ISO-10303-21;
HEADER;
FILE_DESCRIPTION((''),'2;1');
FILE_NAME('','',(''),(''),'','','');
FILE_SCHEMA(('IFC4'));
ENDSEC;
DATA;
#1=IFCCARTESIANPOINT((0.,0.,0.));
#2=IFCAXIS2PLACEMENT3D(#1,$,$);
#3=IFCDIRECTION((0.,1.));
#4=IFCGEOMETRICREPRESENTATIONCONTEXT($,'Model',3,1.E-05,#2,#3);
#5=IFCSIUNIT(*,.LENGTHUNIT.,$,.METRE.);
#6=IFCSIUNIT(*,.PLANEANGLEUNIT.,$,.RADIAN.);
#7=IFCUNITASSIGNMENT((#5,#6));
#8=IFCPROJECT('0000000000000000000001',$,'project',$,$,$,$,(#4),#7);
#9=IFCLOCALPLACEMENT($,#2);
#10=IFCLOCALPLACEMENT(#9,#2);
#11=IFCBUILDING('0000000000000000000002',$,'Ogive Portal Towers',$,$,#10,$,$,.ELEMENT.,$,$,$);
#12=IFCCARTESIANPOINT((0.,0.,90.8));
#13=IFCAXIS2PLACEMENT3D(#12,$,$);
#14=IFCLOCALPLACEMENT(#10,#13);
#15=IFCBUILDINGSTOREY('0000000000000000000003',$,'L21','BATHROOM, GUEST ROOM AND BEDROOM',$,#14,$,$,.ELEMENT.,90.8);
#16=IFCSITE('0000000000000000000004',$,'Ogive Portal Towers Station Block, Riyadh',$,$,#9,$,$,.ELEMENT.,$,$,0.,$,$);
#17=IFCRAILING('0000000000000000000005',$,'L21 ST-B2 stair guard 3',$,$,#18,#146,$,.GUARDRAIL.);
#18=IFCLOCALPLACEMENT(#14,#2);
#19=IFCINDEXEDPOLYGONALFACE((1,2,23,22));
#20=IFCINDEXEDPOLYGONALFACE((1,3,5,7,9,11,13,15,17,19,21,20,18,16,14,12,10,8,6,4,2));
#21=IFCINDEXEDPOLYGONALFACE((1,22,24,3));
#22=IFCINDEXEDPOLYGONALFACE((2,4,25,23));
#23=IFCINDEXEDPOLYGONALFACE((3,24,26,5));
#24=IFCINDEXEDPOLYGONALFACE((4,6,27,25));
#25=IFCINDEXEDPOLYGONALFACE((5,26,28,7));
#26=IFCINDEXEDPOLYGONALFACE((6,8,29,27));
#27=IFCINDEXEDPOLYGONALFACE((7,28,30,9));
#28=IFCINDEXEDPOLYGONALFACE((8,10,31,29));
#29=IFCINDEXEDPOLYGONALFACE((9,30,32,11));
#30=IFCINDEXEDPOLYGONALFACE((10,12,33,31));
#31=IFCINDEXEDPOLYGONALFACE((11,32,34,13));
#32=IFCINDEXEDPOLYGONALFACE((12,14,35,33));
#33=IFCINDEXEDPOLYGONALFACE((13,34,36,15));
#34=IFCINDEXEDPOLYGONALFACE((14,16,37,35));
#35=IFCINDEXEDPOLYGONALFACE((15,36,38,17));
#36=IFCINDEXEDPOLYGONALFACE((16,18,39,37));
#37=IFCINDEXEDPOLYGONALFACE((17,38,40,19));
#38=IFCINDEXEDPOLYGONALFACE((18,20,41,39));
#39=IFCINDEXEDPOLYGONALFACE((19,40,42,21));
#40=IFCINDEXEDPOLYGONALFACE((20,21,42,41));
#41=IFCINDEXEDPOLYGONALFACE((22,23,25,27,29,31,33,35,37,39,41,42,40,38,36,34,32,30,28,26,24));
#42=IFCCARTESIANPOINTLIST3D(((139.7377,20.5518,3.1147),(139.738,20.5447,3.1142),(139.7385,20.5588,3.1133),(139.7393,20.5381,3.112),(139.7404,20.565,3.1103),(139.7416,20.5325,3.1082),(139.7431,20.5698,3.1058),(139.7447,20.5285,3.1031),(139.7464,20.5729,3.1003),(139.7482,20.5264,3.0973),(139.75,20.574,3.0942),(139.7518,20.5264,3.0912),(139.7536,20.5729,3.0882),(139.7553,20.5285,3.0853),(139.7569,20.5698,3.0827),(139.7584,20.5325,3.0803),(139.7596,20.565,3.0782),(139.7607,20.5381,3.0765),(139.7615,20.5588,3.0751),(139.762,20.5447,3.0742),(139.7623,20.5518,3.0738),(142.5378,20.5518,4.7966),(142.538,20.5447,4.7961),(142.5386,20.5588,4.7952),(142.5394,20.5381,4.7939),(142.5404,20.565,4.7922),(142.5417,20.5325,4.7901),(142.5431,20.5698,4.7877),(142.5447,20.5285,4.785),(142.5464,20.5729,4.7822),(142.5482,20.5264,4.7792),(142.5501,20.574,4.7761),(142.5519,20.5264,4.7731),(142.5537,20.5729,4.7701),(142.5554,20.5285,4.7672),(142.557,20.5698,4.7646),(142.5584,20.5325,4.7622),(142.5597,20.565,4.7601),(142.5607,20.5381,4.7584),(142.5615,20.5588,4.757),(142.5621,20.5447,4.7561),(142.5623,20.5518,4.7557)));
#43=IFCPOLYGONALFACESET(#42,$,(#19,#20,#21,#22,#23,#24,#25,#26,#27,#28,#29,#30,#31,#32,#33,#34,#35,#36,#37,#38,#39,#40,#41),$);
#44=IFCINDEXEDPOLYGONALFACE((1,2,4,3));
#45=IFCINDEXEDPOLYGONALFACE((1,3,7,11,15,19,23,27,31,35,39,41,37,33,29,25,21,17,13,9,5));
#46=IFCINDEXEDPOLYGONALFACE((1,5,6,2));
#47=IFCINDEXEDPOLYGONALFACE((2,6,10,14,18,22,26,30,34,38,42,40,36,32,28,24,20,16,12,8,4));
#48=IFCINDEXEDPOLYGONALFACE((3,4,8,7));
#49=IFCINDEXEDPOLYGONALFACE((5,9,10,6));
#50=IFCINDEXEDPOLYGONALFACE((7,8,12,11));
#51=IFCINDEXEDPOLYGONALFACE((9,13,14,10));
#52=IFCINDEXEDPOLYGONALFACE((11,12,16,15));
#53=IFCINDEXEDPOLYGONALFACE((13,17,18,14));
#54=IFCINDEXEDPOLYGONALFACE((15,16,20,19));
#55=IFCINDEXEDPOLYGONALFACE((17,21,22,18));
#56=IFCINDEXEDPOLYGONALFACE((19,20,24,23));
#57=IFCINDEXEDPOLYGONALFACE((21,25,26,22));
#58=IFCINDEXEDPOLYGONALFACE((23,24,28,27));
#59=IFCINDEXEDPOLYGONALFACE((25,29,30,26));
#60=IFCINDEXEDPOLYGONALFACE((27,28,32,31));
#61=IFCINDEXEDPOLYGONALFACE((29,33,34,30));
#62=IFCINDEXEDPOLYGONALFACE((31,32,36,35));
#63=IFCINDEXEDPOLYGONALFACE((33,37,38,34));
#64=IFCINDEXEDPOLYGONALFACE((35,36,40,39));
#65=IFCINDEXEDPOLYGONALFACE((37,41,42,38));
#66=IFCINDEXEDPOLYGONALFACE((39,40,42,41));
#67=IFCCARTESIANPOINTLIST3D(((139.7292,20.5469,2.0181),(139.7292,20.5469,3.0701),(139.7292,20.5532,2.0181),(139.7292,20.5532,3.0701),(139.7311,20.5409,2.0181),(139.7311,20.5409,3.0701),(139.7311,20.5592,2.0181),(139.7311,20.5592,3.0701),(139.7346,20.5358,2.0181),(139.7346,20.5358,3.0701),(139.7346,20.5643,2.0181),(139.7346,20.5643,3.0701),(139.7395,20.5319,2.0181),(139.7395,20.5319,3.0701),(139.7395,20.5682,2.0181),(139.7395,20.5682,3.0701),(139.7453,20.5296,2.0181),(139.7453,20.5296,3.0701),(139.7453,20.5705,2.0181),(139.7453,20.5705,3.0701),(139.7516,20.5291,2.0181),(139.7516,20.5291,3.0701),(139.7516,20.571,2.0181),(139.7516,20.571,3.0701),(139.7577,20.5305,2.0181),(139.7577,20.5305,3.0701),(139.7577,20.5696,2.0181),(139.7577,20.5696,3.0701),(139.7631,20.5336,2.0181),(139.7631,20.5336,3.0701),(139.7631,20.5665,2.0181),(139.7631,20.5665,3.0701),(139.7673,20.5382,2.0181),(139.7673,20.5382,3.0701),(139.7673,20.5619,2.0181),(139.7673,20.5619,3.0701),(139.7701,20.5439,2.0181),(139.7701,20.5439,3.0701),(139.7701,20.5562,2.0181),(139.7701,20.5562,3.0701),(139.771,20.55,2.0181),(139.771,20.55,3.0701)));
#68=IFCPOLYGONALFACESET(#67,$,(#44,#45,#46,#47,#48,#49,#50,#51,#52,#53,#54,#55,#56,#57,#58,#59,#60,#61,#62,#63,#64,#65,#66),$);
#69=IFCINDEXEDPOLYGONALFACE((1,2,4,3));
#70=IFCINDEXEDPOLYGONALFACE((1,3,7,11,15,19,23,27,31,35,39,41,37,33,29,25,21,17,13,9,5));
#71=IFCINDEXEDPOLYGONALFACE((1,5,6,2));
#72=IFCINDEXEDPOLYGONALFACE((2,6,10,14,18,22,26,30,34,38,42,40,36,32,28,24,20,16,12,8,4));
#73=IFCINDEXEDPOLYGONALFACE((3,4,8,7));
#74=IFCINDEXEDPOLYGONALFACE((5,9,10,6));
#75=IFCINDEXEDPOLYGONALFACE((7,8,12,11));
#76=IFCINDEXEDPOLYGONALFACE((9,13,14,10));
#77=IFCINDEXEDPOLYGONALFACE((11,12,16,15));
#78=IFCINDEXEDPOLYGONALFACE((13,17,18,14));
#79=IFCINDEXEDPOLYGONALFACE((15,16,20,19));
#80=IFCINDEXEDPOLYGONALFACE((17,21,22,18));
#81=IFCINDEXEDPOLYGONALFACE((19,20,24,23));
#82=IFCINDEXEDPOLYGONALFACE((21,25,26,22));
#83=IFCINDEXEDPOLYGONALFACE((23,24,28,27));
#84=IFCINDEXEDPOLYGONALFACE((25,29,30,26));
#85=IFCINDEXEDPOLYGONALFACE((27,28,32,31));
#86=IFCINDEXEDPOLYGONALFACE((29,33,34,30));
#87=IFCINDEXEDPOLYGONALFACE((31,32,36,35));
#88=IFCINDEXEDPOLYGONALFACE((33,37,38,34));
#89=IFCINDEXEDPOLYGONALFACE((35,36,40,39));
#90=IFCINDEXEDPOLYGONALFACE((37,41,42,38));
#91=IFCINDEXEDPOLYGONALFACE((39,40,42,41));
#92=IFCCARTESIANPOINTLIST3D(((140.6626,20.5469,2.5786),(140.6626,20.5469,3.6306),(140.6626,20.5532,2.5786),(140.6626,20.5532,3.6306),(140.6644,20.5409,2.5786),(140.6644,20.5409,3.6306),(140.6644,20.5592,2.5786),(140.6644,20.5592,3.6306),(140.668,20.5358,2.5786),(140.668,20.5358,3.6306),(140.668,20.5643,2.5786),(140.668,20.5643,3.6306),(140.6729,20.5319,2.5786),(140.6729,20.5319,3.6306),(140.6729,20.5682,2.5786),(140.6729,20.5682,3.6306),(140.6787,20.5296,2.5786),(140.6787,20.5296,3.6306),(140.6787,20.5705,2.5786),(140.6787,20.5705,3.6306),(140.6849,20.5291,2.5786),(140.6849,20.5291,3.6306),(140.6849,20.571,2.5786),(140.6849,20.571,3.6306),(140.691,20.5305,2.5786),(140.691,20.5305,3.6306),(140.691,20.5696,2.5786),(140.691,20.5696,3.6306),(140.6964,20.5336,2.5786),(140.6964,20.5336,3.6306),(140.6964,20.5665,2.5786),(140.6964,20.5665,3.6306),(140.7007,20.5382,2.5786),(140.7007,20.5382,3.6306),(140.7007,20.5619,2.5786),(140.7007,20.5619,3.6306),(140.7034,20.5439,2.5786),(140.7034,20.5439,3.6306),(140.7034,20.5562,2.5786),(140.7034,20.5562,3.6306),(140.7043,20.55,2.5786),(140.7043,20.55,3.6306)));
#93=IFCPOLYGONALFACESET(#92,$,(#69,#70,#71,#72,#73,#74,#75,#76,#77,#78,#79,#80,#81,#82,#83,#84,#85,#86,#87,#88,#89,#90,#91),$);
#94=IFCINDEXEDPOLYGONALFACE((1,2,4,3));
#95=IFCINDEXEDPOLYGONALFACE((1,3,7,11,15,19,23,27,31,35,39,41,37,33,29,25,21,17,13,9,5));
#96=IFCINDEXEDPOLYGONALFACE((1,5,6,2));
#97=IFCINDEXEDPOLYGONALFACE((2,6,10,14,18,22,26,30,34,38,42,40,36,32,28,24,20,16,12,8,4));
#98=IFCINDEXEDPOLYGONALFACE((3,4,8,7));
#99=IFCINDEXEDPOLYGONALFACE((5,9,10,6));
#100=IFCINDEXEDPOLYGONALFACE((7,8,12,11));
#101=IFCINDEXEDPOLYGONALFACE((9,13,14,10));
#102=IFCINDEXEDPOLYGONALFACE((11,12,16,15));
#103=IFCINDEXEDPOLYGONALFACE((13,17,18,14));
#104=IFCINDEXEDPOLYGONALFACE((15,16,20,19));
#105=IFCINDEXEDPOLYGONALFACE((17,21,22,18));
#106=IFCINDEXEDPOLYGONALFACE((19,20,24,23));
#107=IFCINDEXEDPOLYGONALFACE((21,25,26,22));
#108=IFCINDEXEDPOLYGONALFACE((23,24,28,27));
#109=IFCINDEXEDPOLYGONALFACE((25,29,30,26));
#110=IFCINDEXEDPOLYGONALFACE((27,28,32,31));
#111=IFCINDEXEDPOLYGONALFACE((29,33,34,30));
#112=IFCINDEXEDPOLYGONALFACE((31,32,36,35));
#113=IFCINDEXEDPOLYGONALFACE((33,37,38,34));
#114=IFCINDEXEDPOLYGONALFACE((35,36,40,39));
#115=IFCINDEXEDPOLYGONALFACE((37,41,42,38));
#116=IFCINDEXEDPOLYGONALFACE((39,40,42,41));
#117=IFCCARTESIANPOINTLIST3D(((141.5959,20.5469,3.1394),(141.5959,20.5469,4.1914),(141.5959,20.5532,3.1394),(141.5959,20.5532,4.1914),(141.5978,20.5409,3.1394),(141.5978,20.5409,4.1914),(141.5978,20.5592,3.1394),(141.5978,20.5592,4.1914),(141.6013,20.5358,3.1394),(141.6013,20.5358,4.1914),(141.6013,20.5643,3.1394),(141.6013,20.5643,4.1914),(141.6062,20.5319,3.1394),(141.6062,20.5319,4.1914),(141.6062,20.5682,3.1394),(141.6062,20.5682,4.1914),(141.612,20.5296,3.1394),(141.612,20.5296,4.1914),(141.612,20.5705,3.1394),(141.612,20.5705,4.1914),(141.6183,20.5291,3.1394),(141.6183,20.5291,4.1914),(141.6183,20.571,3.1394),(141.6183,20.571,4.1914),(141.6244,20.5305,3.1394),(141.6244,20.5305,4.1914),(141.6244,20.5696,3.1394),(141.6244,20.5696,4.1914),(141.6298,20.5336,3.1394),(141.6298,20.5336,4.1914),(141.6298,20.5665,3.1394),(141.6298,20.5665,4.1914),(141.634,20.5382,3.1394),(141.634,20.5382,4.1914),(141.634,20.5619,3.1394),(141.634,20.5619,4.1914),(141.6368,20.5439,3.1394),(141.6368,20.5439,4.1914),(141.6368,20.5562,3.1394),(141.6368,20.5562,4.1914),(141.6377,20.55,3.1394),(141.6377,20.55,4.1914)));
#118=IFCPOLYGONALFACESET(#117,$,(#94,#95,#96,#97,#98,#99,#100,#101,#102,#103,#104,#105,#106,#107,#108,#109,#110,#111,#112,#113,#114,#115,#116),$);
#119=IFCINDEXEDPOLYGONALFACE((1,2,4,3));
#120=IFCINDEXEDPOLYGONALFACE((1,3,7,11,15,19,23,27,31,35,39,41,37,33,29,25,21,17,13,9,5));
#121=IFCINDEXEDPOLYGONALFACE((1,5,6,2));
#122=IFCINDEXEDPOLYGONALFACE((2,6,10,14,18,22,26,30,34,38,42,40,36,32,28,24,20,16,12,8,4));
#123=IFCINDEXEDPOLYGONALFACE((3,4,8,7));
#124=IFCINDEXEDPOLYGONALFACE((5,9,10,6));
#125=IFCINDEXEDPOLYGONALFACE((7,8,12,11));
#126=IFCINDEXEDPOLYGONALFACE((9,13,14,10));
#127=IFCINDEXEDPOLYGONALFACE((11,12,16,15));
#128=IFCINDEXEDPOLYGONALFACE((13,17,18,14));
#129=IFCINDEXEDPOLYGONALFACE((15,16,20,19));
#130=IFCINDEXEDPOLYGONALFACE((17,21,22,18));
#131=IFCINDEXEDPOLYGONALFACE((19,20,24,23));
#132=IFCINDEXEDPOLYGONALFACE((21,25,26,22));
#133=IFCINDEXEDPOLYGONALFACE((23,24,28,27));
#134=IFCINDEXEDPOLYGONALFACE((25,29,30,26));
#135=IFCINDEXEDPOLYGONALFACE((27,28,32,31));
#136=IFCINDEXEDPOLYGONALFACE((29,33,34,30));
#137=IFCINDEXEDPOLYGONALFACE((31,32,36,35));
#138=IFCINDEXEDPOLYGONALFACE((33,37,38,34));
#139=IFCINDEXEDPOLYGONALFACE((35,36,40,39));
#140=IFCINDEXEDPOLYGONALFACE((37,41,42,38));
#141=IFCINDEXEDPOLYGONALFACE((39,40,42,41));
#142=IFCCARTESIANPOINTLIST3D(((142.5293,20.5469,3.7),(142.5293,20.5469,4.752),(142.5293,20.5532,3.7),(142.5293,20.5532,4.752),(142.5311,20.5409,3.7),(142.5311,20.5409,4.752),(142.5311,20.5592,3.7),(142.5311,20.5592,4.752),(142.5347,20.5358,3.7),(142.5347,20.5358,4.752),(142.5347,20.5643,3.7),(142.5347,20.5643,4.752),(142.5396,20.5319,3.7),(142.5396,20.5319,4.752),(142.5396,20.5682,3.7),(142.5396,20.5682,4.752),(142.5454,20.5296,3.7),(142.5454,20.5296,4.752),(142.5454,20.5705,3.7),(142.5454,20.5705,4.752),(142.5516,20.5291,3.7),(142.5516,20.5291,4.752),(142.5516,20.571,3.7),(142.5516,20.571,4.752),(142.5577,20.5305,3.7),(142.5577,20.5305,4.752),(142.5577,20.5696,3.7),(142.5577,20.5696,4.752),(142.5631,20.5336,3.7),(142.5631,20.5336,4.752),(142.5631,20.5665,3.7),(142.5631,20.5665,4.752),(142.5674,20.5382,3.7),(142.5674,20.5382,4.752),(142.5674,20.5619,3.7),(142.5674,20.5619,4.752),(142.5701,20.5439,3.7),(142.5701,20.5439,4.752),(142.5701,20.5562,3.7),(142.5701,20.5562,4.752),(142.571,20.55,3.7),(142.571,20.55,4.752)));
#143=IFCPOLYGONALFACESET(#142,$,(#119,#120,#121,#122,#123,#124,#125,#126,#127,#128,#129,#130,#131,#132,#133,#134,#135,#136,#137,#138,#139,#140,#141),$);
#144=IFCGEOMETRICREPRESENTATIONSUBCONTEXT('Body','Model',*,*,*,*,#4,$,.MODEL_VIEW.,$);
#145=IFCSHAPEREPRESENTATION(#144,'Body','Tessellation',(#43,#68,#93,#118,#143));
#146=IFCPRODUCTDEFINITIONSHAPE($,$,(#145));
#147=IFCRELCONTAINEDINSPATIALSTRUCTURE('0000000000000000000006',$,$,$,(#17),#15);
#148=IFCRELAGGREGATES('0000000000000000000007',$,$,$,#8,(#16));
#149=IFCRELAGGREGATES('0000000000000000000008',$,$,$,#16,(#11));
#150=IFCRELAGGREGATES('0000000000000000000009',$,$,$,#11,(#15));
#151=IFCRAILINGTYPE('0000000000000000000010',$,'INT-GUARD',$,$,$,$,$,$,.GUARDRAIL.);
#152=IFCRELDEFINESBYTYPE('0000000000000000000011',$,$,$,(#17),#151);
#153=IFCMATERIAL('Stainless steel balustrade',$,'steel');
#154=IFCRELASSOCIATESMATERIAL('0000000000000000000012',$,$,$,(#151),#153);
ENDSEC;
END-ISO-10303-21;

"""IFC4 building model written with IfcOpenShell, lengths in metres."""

from ifc_helpers import new_model, si_unit, direction, frame, origin, origin_2d, place, context, subcontext, project, spatial, circle, extrude, material, type_object, element, save


model = new_model("IFC4")

# Units and contexts
model_context = context("Model", 3, precision=1e-05, world=origin(), true_north=direction((0.0, 1.0)))
body_context = subcontext(model_context, "Body", "Model", "MODEL_VIEW")
ifc_project = project(units=[si_unit("LENGTHUNIT", "METRE"), si_unit("PLANEANGLEUNIT", "RADIAN")], contexts=[model_context])

# Site, building, storey
site_placement = place(None, origin())
site = spatial("IfcSite", under=ifc_project, at=site_placement, Name="Ogive Portal Towers Station Block, Riyadh", CompositionType="ELEMENT", RefElevation=0.0)
building_placement = place(site_placement, origin())
building = spatial("IfcBuilding", under=site, at=building_placement, Name="Ogive Portal Towers", CompositionType="ELEMENT")
storey_placement = place(building_placement, frame((0.0, 0.0, 90.8)))
storey = spatial("IfcBuildingStorey", under=building, at=storey_placement, Name="L21", Description="BATHROOM, GUEST ROOM AND BEDROOM", CompositionType="ELEMENT", Elevation=90.8)

# Railing
ifc_material_1 = material(Name="Stainless steel balustrade", Category="steel")
railing_type_1 = type_object("IfcRailingType", Name="INT-GUARD", PredefinedType="GUARDRAIL", material=ifc_material_1)
railing_1_placement = place(storey_placement, frame((139.75, 20.55, 2.0181)))
element("IfcRailing", 1, at=railing_1_placement, inside=storey, type_object=railing_type_1, Name="L21 ST-B2 stair guard 3", PredefinedType="GUARDRAIL", context=body_context, shape_type="SweptSolid", body=[
    extrude(circle(Radius=0.0239, at=origin_2d()), frame((0.0, 0.0, 1.0762), z_axis=(0.857242, 0.0, 0.514913), x_axis=(0.0, 1.0, 0.0)), (0.0, 0.0, 1.0), 3.2664),
    extrude(circle(Radius=0.021, at=origin_2d()), origin(), (0.0, 0.0, 1.0), 1.052),
    extrude(circle(Radius=0.021, at=origin_2d()), frame((0.9333, 0.0, 0.5605)), (0.0, 0.0, 1.0), 1.052),
    extrude(circle(Radius=0.021, at=origin_2d()), frame((1.8667, 0.0, 1.1213)), (0.0, 0.0, 1.0), 1.052),
    extrude(circle(Radius=0.021, at=origin_2d()), frame((2.8, 0.0, 1.6819)), (0.0, 0.0, 1.0), 1.052),
])

save(model, "model.ifc")
